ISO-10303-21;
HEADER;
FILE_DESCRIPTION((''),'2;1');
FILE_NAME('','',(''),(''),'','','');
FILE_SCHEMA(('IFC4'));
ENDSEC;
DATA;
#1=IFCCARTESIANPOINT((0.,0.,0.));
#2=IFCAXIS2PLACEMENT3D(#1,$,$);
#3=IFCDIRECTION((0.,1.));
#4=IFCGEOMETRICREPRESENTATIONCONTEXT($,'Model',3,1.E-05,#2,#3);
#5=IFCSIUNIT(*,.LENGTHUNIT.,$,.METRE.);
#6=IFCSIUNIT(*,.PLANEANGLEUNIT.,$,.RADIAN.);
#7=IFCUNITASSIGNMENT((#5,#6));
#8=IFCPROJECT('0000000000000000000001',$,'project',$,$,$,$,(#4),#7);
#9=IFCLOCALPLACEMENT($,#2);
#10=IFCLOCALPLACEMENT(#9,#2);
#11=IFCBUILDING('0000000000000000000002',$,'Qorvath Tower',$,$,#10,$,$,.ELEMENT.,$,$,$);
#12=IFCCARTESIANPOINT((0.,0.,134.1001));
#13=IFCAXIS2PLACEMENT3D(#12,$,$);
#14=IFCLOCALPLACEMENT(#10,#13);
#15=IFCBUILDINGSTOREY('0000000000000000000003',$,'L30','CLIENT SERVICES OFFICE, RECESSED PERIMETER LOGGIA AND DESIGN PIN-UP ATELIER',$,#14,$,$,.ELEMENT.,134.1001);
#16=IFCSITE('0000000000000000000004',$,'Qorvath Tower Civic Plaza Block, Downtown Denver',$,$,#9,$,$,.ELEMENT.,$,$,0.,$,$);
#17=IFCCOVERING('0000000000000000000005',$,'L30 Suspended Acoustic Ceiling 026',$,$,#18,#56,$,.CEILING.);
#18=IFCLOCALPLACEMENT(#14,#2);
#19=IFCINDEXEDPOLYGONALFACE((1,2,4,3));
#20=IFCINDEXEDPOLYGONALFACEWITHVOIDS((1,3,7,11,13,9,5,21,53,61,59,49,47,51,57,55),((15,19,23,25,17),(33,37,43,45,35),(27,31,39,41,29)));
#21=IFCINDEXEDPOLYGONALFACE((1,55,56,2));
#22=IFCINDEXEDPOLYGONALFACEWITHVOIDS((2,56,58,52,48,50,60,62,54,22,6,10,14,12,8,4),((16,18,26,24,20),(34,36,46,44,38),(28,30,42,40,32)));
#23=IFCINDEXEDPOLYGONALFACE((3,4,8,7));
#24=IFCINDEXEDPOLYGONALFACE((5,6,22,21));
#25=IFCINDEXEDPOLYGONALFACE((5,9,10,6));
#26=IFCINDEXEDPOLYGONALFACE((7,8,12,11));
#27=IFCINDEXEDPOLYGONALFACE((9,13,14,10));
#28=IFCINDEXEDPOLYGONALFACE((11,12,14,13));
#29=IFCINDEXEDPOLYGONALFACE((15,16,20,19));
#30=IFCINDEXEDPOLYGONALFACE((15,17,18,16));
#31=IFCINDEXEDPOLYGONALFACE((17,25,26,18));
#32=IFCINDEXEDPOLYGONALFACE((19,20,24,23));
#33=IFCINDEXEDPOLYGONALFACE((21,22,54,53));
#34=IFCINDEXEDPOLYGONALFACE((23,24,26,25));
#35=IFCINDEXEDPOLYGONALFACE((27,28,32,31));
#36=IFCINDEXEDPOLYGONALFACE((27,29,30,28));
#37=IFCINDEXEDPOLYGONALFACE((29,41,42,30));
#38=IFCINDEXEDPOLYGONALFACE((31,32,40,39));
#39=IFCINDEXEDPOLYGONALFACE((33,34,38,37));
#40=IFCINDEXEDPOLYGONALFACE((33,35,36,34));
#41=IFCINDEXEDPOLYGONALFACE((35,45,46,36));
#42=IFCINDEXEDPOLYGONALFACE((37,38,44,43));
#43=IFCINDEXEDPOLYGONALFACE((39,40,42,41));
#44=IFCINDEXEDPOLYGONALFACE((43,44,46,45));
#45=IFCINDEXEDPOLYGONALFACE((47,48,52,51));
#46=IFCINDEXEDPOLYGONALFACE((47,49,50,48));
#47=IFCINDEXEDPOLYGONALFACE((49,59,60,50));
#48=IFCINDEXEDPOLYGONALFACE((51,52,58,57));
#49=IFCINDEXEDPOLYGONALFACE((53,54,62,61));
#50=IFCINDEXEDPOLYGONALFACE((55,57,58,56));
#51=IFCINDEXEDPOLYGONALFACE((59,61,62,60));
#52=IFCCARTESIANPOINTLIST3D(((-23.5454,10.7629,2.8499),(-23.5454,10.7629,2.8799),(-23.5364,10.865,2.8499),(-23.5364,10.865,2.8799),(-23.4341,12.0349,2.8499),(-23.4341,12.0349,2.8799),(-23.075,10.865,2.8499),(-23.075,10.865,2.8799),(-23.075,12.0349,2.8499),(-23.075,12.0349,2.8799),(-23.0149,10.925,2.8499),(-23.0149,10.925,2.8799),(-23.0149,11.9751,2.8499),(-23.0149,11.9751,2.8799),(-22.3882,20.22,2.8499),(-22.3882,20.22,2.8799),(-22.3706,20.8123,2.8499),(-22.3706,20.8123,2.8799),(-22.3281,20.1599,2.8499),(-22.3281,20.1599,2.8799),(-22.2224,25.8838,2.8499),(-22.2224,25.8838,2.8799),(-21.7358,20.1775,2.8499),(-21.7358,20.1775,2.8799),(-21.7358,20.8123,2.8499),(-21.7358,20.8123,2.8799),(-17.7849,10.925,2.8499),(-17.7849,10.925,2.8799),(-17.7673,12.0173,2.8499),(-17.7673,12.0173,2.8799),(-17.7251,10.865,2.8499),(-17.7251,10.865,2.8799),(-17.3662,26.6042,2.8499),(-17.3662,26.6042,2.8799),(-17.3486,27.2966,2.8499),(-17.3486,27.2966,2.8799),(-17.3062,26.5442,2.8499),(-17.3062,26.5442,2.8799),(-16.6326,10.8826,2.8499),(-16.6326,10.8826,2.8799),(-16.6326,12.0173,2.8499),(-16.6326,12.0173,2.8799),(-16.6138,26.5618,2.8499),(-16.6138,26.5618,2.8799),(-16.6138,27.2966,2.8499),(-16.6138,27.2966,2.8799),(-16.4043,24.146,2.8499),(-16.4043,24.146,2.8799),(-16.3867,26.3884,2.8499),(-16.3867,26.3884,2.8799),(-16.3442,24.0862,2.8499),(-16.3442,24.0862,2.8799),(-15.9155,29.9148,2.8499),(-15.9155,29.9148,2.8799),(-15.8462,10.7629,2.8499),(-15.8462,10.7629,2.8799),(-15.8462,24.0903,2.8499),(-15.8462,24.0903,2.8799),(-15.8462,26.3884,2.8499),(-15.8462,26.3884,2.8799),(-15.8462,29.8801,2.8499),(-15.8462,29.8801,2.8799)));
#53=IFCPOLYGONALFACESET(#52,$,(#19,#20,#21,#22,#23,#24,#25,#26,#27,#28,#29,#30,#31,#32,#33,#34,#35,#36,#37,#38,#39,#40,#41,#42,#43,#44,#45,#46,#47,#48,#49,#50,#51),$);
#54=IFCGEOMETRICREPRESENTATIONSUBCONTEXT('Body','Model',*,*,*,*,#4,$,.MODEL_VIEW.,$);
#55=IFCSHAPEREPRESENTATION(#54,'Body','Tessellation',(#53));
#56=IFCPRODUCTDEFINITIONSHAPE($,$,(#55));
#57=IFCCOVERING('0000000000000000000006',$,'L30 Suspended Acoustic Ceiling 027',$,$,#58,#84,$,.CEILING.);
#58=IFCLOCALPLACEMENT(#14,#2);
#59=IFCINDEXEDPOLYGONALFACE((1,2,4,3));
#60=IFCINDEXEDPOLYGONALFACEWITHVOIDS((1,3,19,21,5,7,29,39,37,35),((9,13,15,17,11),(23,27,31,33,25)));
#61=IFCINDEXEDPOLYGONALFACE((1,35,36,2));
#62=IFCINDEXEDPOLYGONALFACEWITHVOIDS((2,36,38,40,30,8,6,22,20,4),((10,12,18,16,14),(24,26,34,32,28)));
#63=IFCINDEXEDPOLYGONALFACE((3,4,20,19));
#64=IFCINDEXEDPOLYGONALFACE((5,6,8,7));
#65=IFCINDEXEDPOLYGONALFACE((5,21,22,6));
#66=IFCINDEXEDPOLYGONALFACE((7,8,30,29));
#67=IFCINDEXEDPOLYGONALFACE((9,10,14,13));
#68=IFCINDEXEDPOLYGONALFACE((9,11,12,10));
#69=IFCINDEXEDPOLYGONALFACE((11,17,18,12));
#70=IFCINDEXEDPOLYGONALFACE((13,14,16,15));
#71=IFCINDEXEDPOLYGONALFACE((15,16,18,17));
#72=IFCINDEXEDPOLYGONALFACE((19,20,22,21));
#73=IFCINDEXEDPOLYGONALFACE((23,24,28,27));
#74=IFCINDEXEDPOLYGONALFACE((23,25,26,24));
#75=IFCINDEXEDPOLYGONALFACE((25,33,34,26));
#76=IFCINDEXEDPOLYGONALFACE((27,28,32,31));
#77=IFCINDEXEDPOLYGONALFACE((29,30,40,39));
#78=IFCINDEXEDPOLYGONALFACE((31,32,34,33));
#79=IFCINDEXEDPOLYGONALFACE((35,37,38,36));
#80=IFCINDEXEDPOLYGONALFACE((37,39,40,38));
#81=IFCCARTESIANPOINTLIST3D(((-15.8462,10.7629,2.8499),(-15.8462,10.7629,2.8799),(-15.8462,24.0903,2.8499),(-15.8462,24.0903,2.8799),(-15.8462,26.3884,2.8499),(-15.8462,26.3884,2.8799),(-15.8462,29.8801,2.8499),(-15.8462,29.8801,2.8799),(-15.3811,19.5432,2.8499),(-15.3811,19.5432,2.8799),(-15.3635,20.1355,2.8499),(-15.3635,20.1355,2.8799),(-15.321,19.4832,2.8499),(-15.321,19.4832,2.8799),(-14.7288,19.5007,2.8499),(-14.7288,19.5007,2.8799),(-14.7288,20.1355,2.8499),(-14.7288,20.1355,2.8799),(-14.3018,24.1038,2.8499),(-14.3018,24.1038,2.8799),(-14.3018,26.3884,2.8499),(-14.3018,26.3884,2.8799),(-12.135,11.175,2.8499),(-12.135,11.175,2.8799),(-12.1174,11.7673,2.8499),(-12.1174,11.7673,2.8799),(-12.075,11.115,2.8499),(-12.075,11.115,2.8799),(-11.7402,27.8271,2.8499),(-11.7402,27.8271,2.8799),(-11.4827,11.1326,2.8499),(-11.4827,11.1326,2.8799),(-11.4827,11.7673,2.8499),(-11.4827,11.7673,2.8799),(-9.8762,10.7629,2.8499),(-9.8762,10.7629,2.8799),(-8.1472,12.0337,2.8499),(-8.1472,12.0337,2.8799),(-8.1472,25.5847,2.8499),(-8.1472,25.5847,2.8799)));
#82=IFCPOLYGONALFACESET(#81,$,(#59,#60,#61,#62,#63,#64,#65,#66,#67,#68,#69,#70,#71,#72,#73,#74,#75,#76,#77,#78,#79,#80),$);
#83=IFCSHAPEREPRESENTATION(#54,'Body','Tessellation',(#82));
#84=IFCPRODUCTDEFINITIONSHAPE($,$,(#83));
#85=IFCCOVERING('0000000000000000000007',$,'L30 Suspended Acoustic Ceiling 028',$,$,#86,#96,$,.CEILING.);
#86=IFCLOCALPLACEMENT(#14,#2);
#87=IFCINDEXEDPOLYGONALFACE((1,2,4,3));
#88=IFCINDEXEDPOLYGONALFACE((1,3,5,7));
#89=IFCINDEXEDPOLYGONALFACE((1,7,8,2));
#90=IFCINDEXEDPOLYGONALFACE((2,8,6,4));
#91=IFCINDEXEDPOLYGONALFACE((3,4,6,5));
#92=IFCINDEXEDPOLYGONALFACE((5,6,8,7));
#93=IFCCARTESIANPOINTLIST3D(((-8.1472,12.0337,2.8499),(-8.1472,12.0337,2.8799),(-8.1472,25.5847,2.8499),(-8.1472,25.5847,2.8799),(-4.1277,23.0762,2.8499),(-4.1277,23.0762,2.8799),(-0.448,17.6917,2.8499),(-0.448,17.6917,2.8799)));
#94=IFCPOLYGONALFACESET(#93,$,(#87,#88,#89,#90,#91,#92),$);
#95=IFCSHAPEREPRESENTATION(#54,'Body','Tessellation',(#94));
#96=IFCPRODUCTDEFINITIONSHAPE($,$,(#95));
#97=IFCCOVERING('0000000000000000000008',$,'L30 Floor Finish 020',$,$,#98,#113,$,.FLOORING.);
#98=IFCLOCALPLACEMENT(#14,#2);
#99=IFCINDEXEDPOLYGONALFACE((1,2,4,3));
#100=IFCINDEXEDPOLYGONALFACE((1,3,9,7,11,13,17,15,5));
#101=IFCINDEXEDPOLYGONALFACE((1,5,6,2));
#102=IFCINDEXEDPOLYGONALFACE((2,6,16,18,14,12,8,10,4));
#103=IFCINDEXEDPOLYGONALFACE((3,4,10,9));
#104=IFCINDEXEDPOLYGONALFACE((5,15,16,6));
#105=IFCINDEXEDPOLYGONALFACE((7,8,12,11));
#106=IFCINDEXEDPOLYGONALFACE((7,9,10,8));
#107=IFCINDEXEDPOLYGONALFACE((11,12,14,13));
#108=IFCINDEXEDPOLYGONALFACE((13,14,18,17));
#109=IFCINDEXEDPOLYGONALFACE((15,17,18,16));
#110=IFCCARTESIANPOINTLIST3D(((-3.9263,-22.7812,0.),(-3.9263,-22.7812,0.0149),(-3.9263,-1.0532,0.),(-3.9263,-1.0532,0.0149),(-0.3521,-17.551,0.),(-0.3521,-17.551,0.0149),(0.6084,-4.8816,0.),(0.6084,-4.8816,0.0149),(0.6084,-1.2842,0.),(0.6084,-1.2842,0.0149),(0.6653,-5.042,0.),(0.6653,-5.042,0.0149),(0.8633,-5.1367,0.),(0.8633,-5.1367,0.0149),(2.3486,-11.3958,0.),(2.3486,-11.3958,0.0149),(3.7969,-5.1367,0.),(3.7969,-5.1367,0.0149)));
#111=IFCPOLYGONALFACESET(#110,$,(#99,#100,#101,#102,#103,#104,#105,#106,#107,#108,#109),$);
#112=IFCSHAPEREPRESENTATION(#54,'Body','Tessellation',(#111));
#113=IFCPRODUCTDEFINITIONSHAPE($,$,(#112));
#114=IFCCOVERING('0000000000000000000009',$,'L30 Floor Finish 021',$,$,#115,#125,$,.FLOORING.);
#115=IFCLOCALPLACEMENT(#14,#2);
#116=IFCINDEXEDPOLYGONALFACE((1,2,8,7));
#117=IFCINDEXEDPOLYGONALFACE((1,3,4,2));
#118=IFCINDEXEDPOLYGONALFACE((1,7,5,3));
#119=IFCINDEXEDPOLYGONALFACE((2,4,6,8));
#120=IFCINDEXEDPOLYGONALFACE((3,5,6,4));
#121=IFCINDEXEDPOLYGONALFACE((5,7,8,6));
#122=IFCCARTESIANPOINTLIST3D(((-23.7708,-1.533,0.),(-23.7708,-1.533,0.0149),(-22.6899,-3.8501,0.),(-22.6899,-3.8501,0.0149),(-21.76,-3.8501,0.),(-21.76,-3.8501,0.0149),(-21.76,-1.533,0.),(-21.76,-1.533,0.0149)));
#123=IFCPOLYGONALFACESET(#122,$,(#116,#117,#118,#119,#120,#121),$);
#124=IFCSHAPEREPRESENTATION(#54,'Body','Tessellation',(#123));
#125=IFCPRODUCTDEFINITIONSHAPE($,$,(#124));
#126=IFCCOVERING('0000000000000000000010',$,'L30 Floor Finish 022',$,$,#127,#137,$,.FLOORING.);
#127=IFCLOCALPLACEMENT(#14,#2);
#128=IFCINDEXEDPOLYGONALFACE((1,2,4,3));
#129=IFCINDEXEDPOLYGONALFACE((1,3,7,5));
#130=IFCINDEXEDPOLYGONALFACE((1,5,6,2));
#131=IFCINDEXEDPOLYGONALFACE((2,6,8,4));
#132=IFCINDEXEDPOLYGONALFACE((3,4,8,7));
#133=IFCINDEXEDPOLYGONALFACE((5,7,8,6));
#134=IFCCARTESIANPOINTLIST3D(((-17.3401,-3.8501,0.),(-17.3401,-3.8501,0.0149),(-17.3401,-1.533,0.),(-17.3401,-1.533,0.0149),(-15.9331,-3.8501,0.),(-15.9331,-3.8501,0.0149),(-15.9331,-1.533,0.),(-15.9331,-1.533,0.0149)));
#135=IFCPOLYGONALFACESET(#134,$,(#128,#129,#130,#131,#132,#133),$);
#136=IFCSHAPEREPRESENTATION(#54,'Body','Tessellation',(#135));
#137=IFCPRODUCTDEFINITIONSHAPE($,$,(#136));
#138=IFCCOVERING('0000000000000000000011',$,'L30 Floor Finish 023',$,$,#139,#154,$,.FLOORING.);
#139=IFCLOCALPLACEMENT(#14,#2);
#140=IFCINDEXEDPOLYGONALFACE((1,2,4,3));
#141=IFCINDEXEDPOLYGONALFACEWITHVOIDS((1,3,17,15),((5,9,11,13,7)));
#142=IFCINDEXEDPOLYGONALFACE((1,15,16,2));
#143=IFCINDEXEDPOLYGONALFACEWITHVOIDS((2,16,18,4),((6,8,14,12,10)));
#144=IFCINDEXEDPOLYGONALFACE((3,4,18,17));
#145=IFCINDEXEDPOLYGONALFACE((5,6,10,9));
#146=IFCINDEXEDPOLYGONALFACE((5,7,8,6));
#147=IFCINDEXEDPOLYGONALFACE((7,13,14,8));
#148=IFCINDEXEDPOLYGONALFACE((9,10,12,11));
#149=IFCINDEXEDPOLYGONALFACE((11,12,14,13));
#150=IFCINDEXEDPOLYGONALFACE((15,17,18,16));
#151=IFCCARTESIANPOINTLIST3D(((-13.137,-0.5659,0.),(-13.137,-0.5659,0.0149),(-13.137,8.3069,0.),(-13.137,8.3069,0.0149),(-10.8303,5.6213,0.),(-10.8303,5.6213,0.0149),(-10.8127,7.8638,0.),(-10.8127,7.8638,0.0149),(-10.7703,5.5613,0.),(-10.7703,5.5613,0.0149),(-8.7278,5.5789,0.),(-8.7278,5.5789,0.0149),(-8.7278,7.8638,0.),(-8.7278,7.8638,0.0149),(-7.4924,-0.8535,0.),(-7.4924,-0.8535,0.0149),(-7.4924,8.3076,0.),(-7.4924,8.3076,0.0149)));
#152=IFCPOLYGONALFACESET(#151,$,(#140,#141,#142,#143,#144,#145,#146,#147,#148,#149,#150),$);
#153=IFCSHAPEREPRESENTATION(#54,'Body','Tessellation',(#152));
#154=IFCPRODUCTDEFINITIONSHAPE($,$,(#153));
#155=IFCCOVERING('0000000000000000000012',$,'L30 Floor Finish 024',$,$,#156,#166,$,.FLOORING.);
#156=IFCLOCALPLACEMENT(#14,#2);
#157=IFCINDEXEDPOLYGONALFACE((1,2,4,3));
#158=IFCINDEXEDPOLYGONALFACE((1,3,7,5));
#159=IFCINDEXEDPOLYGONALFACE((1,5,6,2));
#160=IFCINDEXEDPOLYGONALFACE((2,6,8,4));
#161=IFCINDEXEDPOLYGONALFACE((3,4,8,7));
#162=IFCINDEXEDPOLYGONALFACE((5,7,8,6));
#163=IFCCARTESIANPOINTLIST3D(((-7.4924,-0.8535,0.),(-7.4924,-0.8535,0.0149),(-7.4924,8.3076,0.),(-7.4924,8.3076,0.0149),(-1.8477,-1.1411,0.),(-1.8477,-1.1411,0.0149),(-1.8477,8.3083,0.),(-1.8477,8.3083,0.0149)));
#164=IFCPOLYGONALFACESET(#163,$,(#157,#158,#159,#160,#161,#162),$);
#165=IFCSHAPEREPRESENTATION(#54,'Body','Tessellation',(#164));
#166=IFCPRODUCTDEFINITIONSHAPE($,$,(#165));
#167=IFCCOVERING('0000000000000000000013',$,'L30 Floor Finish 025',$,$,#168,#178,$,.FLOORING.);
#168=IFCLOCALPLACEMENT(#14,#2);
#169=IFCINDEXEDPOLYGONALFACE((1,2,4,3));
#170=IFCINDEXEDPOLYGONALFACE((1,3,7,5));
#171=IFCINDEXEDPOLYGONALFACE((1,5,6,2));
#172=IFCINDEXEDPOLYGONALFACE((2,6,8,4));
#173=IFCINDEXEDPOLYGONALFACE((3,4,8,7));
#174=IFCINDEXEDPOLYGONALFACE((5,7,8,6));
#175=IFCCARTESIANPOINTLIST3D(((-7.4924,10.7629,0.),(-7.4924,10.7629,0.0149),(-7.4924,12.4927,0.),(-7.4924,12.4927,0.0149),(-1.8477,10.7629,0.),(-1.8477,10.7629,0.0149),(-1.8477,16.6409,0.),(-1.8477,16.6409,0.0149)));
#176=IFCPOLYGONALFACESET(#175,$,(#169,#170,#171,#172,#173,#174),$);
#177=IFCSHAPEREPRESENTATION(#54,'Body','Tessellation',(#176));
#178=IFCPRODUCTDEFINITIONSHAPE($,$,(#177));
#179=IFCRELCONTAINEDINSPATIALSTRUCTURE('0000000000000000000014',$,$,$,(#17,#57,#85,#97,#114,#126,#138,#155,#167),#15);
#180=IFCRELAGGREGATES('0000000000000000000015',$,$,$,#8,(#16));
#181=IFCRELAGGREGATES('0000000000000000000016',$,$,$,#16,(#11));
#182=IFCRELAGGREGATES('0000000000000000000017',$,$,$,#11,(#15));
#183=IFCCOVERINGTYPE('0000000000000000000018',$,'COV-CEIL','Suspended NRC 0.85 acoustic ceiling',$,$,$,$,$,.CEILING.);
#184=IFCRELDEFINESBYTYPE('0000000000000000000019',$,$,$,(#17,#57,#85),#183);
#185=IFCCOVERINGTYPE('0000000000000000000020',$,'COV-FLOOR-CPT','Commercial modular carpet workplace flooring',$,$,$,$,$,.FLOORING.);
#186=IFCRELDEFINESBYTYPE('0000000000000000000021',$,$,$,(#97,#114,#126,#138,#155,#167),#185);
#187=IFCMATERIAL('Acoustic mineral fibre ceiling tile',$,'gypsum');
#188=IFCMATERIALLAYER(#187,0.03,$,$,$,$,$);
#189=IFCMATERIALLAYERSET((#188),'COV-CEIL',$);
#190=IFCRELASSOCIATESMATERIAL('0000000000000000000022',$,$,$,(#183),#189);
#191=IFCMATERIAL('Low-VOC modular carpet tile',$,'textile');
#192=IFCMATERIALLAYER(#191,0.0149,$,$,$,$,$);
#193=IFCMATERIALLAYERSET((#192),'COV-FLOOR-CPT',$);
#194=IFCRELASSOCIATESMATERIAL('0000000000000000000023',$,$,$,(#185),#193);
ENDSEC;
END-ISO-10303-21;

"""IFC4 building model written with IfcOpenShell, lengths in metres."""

from ifc_helpers import new_model, si_unit, direction, frame, origin, place, context, subcontext, project, spatial, polyline, outline, extrude, material, layer, layer_set, type_object, element, save


model = new_model("IFC4")

# Units and contexts
model_context = context("Model", 3, precision=1e-05, world=origin(), true_north=direction((0.0, 1.0)))
body_context = subcontext(model_context, "Body", "Model", "MODEL_VIEW")
ifc_project = project(units=[si_unit("LENGTHUNIT", "METRE"), si_unit("PLANEANGLEUNIT", "RADIAN")], contexts=[model_context])

# Site, building, storey
site_placement = place(None, origin())
site = spatial("IfcSite", under=ifc_project, at=site_placement, Name="Qorvath Tower Civic Plaza Block, Downtown Denver", CompositionType="ELEMENT", RefElevation=0.0)
building_placement = place(site_placement, origin())
building = spatial("IfcBuilding", under=site, at=building_placement, Name="Qorvath Tower", CompositionType="ELEMENT")
storey_placement = place(building_placement, frame((0.0, 0.0, 134.1001)))
storey = spatial("IfcBuildingStorey", under=building, at=storey_placement, Name="L30", Description="CLIENT SERVICES OFFICE, RECESSED PERIMETER LOGGIA AND DESIGN PIN-UP ATELIER", CompositionType="ELEMENT", Elevation=134.1001)

# Coverings
ifc_material_1 = material(Name="Acoustic mineral fibre ceiling tile", Category="gypsum")
ifc_layer_1 = layer(ifc_material_1, 0.03)
ifc_layer_set_1 = layer_set([ifc_layer_1], Name="COV-CEIL")
covering_type_1 = type_object("IfcCoveringType", Name="COV-CEIL", Description="Suspended NRC 0.85 acoustic ceiling", PredefinedType="CEILING", material=ifc_layer_set_1)
covering_1_placement = place(storey_placement, frame((0.0, 0.0, 2.8499)))
element("IfcCovering", 1, at=covering_1_placement, inside=storey, type_object=covering_type_1, Name="L30 Suspended Acoustic Ceiling 026", PredefinedType="CEILING", context=body_context, shape_type="SweptSolid", body=[
    extrude(outline(polyline([(-15.9155, 29.9148), (-22.2224, 25.8838), (-23.4341, 12.0349), (-23.075, 12.0349), (-23.0149, 11.9751), (-23.0149, 10.925), (-23.075, 10.865), (-23.5364, 10.865), (-23.5454, 10.7629), (-15.8462, 10.7629), (-15.8462, 24.0903), (-16.3442, 24.0862), (-16.4043, 24.146), (-16.3867, 26.3884), (-15.8462, 26.3884), (-15.8462, 29.8801), (-15.9155, 29.9148)]), holes=[polyline([(-17.3662, 26.6042), (-17.3486, 27.2966), (-16.6138, 27.2966), (-16.6138, 26.5618), (-17.3062, 26.5442), (-17.3662, 26.6042)]), polyline([(-17.7849, 10.925), (-17.7673, 12.0173), (-16.6326, 12.0173), (-16.6326, 10.8826), (-17.7251, 10.865), (-17.7849, 10.925)]), polyline([(-22.3882, 20.22), (-22.3706, 20.8123), (-21.7358, 20.8123), (-21.7358, 20.1775), (-22.3281, 20.1599), (-22.3882, 20.22)])]), origin(), (0.0, 0.0, 1.0), 0.03),
])
covering_2_placement = place(storey_placement, frame((0.0, 0.0, 2.8499)))
element("IfcCovering", 2, at=covering_2_placement, inside=storey, type_object=covering_type_1, Name="L30 Suspended Acoustic Ceiling 027", PredefinedType="CEILING", context=body_context, shape_type="SweptSolid", body=[
    extrude(outline(polyline([(-15.8462, 29.8801), (-15.8462, 26.3884), (-14.3018, 26.3884), (-14.3018, 24.1038), (-15.8462, 24.0903), (-15.8462, 10.7629), (-9.8762, 10.7629), (-8.1472, 12.0337), (-8.1472, 25.5847), (-11.7402, 27.8271), (-15.8462, 29.8801)]), holes=[polyline([(-12.135, 11.175), (-12.1174, 11.7673), (-11.4827, 11.7673), (-11.4827, 11.1326), (-12.075, 11.115), (-12.135, 11.175)]), polyline([(-15.3811, 19.5432), (-15.3635, 20.1355), (-14.7288, 20.1355), (-14.7288, 19.5007), (-15.321, 19.4832), (-15.3811, 19.5432)])]), origin(), (0.0, 0.0, 1.0), 0.03),
])
covering_3_placement = place(storey_placement, frame((0.0, 0.0, 2.8499)))
element("IfcCovering", 3, at=covering_3_placement, inside=storey, type_object=covering_type_1, Name="L30 Suspended Acoustic Ceiling 028", PredefinedType="CEILING", context=body_context, shape_type="SweptSolid", body=[
    extrude(outline(polyline([(-8.1472, 25.5847), (-8.1472, 12.0337), (-0.448, 17.6917), (-4.1277, 23.0762), (-8.1472, 25.5847)])), origin(), (0.0, 0.0, 1.0), 0.03),
])
ifc_material_2 = material(Name="Low-VOC modular carpet tile", Category="textile")
ifc_layer_2 = layer(ifc_material_2, 0.0149)
ifc_layer_set_2 = layer_set([ifc_layer_2], Name="COV-FLOOR-CPT")
covering_type_2 = type_object("IfcCoveringType", Name="COV-FLOOR-CPT", Description="Commercial modular carpet workplace flooring", PredefinedType="FLOORING", material=ifc_layer_set_2)
covering_4_placement = place(storey_placement, origin())
element("IfcCovering", 4, at=covering_4_placement, inside=storey, type_object=covering_type_2, Name="L30 Floor Finish 020", PredefinedType="FLOORING", context=body_context, shape_type="SweptSolid", body=[
    extrude(outline(polyline([(-3.9263, -1.0532), (-3.9263, -22.7812), (-0.3521, -17.551), (2.3486, -11.3958), (3.7969, -5.1367), (0.8633, -5.1367), (0.6653, -5.042), (0.6084, -4.8816), (0.6084, -1.2842), (-3.9263, -1.0532)])), origin(), (0.0, 0.0, 1.0), 0.0149),
])
covering_5_placement = place(storey_placement, origin())
element("IfcCovering", 5, at=covering_5_placement, inside=storey, type_object=covering_type_2, Name="L30 Floor Finish 021", PredefinedType="FLOORING", context=body_context, shape_type="SweptSolid", body=[
    extrude(outline(polyline([(-22.6899, -3.8501), (-21.76, -3.8501), (-21.76, -1.533), (-23.7708, -1.533), (-22.6899, -3.8501)])), origin(), (0.0, 0.0, 1.0), 0.0149),
])
covering_6_placement = place(storey_placement, origin())
element("IfcCovering", 6, at=covering_6_placement, inside=storey, type_object=covering_type_2, Name="L30 Floor Finish 022", PredefinedType="FLOORING", context=body_context, shape_type="SweptSolid", body=[
    extrude(outline(polyline([(-17.3401, -1.533), (-17.3401, -3.8501), (-15.9331, -3.8501), (-15.9331, -1.533), (-17.3401, -1.533)])), origin(), (0.0, 0.0, 1.0), 0.0149),
])
covering_7_placement = place(storey_placement, origin())
element("IfcCovering", 7, at=covering_7_placement, inside=storey, type_object=covering_type_2, Name="L30 Floor Finish 023", PredefinedType="FLOORING", context=body_context, shape_type="SweptSolid", body=[
    extrude(outline(polyline([(-7.4924, -0.8535), (-7.4924, 8.3076), (-13.137, 8.3069), (-13.137, -0.5659), (-7.4924, -0.8535)]), holes=[polyline([(-10.8303, 5.6213), (-10.8127, 7.8638), (-8.7278, 7.8638), (-8.7278, 5.5789), (-10.7703, 5.5613), (-10.8303, 5.6213)])]), origin(), (0.0, 0.0, 1.0), 0.0149),
])
covering_8_placement = place(storey_placement, origin())
element("IfcCovering", 8, at=covering_8_placement, inside=storey, type_object=covering_type_2, Name="L30 Floor Finish 024", PredefinedType="FLOORING", context=body_context, shape_type="SweptSolid", body=[
    extrude(outline(polyline([(-1.8477, -1.1411), (-1.8477, 8.3083), (-7.4924, 8.3076), (-7.4924, -0.8535), (-1.8477, -1.1411)])), origin(), (0.0, 0.0, 1.0), 0.0149),
])
covering_9_placement = place(storey_placement, origin())
element("IfcCovering", 9, at=covering_9_placement, inside=storey, type_object=covering_type_2, Name="L30 Floor Finish 025", PredefinedType="FLOORING", context=body_context, shape_type="SweptSolid", body=[
    extrude(outline(polyline([(-1.8477, 10.7629), (-1.8477, 16.6409), (-7.4924, 12.4927), (-7.4924, 10.7629), (-1.8477, 10.7629)])), origin(), (0.0, 0.0, 1.0), 0.0149),
])

save(model, "model.ifc")
